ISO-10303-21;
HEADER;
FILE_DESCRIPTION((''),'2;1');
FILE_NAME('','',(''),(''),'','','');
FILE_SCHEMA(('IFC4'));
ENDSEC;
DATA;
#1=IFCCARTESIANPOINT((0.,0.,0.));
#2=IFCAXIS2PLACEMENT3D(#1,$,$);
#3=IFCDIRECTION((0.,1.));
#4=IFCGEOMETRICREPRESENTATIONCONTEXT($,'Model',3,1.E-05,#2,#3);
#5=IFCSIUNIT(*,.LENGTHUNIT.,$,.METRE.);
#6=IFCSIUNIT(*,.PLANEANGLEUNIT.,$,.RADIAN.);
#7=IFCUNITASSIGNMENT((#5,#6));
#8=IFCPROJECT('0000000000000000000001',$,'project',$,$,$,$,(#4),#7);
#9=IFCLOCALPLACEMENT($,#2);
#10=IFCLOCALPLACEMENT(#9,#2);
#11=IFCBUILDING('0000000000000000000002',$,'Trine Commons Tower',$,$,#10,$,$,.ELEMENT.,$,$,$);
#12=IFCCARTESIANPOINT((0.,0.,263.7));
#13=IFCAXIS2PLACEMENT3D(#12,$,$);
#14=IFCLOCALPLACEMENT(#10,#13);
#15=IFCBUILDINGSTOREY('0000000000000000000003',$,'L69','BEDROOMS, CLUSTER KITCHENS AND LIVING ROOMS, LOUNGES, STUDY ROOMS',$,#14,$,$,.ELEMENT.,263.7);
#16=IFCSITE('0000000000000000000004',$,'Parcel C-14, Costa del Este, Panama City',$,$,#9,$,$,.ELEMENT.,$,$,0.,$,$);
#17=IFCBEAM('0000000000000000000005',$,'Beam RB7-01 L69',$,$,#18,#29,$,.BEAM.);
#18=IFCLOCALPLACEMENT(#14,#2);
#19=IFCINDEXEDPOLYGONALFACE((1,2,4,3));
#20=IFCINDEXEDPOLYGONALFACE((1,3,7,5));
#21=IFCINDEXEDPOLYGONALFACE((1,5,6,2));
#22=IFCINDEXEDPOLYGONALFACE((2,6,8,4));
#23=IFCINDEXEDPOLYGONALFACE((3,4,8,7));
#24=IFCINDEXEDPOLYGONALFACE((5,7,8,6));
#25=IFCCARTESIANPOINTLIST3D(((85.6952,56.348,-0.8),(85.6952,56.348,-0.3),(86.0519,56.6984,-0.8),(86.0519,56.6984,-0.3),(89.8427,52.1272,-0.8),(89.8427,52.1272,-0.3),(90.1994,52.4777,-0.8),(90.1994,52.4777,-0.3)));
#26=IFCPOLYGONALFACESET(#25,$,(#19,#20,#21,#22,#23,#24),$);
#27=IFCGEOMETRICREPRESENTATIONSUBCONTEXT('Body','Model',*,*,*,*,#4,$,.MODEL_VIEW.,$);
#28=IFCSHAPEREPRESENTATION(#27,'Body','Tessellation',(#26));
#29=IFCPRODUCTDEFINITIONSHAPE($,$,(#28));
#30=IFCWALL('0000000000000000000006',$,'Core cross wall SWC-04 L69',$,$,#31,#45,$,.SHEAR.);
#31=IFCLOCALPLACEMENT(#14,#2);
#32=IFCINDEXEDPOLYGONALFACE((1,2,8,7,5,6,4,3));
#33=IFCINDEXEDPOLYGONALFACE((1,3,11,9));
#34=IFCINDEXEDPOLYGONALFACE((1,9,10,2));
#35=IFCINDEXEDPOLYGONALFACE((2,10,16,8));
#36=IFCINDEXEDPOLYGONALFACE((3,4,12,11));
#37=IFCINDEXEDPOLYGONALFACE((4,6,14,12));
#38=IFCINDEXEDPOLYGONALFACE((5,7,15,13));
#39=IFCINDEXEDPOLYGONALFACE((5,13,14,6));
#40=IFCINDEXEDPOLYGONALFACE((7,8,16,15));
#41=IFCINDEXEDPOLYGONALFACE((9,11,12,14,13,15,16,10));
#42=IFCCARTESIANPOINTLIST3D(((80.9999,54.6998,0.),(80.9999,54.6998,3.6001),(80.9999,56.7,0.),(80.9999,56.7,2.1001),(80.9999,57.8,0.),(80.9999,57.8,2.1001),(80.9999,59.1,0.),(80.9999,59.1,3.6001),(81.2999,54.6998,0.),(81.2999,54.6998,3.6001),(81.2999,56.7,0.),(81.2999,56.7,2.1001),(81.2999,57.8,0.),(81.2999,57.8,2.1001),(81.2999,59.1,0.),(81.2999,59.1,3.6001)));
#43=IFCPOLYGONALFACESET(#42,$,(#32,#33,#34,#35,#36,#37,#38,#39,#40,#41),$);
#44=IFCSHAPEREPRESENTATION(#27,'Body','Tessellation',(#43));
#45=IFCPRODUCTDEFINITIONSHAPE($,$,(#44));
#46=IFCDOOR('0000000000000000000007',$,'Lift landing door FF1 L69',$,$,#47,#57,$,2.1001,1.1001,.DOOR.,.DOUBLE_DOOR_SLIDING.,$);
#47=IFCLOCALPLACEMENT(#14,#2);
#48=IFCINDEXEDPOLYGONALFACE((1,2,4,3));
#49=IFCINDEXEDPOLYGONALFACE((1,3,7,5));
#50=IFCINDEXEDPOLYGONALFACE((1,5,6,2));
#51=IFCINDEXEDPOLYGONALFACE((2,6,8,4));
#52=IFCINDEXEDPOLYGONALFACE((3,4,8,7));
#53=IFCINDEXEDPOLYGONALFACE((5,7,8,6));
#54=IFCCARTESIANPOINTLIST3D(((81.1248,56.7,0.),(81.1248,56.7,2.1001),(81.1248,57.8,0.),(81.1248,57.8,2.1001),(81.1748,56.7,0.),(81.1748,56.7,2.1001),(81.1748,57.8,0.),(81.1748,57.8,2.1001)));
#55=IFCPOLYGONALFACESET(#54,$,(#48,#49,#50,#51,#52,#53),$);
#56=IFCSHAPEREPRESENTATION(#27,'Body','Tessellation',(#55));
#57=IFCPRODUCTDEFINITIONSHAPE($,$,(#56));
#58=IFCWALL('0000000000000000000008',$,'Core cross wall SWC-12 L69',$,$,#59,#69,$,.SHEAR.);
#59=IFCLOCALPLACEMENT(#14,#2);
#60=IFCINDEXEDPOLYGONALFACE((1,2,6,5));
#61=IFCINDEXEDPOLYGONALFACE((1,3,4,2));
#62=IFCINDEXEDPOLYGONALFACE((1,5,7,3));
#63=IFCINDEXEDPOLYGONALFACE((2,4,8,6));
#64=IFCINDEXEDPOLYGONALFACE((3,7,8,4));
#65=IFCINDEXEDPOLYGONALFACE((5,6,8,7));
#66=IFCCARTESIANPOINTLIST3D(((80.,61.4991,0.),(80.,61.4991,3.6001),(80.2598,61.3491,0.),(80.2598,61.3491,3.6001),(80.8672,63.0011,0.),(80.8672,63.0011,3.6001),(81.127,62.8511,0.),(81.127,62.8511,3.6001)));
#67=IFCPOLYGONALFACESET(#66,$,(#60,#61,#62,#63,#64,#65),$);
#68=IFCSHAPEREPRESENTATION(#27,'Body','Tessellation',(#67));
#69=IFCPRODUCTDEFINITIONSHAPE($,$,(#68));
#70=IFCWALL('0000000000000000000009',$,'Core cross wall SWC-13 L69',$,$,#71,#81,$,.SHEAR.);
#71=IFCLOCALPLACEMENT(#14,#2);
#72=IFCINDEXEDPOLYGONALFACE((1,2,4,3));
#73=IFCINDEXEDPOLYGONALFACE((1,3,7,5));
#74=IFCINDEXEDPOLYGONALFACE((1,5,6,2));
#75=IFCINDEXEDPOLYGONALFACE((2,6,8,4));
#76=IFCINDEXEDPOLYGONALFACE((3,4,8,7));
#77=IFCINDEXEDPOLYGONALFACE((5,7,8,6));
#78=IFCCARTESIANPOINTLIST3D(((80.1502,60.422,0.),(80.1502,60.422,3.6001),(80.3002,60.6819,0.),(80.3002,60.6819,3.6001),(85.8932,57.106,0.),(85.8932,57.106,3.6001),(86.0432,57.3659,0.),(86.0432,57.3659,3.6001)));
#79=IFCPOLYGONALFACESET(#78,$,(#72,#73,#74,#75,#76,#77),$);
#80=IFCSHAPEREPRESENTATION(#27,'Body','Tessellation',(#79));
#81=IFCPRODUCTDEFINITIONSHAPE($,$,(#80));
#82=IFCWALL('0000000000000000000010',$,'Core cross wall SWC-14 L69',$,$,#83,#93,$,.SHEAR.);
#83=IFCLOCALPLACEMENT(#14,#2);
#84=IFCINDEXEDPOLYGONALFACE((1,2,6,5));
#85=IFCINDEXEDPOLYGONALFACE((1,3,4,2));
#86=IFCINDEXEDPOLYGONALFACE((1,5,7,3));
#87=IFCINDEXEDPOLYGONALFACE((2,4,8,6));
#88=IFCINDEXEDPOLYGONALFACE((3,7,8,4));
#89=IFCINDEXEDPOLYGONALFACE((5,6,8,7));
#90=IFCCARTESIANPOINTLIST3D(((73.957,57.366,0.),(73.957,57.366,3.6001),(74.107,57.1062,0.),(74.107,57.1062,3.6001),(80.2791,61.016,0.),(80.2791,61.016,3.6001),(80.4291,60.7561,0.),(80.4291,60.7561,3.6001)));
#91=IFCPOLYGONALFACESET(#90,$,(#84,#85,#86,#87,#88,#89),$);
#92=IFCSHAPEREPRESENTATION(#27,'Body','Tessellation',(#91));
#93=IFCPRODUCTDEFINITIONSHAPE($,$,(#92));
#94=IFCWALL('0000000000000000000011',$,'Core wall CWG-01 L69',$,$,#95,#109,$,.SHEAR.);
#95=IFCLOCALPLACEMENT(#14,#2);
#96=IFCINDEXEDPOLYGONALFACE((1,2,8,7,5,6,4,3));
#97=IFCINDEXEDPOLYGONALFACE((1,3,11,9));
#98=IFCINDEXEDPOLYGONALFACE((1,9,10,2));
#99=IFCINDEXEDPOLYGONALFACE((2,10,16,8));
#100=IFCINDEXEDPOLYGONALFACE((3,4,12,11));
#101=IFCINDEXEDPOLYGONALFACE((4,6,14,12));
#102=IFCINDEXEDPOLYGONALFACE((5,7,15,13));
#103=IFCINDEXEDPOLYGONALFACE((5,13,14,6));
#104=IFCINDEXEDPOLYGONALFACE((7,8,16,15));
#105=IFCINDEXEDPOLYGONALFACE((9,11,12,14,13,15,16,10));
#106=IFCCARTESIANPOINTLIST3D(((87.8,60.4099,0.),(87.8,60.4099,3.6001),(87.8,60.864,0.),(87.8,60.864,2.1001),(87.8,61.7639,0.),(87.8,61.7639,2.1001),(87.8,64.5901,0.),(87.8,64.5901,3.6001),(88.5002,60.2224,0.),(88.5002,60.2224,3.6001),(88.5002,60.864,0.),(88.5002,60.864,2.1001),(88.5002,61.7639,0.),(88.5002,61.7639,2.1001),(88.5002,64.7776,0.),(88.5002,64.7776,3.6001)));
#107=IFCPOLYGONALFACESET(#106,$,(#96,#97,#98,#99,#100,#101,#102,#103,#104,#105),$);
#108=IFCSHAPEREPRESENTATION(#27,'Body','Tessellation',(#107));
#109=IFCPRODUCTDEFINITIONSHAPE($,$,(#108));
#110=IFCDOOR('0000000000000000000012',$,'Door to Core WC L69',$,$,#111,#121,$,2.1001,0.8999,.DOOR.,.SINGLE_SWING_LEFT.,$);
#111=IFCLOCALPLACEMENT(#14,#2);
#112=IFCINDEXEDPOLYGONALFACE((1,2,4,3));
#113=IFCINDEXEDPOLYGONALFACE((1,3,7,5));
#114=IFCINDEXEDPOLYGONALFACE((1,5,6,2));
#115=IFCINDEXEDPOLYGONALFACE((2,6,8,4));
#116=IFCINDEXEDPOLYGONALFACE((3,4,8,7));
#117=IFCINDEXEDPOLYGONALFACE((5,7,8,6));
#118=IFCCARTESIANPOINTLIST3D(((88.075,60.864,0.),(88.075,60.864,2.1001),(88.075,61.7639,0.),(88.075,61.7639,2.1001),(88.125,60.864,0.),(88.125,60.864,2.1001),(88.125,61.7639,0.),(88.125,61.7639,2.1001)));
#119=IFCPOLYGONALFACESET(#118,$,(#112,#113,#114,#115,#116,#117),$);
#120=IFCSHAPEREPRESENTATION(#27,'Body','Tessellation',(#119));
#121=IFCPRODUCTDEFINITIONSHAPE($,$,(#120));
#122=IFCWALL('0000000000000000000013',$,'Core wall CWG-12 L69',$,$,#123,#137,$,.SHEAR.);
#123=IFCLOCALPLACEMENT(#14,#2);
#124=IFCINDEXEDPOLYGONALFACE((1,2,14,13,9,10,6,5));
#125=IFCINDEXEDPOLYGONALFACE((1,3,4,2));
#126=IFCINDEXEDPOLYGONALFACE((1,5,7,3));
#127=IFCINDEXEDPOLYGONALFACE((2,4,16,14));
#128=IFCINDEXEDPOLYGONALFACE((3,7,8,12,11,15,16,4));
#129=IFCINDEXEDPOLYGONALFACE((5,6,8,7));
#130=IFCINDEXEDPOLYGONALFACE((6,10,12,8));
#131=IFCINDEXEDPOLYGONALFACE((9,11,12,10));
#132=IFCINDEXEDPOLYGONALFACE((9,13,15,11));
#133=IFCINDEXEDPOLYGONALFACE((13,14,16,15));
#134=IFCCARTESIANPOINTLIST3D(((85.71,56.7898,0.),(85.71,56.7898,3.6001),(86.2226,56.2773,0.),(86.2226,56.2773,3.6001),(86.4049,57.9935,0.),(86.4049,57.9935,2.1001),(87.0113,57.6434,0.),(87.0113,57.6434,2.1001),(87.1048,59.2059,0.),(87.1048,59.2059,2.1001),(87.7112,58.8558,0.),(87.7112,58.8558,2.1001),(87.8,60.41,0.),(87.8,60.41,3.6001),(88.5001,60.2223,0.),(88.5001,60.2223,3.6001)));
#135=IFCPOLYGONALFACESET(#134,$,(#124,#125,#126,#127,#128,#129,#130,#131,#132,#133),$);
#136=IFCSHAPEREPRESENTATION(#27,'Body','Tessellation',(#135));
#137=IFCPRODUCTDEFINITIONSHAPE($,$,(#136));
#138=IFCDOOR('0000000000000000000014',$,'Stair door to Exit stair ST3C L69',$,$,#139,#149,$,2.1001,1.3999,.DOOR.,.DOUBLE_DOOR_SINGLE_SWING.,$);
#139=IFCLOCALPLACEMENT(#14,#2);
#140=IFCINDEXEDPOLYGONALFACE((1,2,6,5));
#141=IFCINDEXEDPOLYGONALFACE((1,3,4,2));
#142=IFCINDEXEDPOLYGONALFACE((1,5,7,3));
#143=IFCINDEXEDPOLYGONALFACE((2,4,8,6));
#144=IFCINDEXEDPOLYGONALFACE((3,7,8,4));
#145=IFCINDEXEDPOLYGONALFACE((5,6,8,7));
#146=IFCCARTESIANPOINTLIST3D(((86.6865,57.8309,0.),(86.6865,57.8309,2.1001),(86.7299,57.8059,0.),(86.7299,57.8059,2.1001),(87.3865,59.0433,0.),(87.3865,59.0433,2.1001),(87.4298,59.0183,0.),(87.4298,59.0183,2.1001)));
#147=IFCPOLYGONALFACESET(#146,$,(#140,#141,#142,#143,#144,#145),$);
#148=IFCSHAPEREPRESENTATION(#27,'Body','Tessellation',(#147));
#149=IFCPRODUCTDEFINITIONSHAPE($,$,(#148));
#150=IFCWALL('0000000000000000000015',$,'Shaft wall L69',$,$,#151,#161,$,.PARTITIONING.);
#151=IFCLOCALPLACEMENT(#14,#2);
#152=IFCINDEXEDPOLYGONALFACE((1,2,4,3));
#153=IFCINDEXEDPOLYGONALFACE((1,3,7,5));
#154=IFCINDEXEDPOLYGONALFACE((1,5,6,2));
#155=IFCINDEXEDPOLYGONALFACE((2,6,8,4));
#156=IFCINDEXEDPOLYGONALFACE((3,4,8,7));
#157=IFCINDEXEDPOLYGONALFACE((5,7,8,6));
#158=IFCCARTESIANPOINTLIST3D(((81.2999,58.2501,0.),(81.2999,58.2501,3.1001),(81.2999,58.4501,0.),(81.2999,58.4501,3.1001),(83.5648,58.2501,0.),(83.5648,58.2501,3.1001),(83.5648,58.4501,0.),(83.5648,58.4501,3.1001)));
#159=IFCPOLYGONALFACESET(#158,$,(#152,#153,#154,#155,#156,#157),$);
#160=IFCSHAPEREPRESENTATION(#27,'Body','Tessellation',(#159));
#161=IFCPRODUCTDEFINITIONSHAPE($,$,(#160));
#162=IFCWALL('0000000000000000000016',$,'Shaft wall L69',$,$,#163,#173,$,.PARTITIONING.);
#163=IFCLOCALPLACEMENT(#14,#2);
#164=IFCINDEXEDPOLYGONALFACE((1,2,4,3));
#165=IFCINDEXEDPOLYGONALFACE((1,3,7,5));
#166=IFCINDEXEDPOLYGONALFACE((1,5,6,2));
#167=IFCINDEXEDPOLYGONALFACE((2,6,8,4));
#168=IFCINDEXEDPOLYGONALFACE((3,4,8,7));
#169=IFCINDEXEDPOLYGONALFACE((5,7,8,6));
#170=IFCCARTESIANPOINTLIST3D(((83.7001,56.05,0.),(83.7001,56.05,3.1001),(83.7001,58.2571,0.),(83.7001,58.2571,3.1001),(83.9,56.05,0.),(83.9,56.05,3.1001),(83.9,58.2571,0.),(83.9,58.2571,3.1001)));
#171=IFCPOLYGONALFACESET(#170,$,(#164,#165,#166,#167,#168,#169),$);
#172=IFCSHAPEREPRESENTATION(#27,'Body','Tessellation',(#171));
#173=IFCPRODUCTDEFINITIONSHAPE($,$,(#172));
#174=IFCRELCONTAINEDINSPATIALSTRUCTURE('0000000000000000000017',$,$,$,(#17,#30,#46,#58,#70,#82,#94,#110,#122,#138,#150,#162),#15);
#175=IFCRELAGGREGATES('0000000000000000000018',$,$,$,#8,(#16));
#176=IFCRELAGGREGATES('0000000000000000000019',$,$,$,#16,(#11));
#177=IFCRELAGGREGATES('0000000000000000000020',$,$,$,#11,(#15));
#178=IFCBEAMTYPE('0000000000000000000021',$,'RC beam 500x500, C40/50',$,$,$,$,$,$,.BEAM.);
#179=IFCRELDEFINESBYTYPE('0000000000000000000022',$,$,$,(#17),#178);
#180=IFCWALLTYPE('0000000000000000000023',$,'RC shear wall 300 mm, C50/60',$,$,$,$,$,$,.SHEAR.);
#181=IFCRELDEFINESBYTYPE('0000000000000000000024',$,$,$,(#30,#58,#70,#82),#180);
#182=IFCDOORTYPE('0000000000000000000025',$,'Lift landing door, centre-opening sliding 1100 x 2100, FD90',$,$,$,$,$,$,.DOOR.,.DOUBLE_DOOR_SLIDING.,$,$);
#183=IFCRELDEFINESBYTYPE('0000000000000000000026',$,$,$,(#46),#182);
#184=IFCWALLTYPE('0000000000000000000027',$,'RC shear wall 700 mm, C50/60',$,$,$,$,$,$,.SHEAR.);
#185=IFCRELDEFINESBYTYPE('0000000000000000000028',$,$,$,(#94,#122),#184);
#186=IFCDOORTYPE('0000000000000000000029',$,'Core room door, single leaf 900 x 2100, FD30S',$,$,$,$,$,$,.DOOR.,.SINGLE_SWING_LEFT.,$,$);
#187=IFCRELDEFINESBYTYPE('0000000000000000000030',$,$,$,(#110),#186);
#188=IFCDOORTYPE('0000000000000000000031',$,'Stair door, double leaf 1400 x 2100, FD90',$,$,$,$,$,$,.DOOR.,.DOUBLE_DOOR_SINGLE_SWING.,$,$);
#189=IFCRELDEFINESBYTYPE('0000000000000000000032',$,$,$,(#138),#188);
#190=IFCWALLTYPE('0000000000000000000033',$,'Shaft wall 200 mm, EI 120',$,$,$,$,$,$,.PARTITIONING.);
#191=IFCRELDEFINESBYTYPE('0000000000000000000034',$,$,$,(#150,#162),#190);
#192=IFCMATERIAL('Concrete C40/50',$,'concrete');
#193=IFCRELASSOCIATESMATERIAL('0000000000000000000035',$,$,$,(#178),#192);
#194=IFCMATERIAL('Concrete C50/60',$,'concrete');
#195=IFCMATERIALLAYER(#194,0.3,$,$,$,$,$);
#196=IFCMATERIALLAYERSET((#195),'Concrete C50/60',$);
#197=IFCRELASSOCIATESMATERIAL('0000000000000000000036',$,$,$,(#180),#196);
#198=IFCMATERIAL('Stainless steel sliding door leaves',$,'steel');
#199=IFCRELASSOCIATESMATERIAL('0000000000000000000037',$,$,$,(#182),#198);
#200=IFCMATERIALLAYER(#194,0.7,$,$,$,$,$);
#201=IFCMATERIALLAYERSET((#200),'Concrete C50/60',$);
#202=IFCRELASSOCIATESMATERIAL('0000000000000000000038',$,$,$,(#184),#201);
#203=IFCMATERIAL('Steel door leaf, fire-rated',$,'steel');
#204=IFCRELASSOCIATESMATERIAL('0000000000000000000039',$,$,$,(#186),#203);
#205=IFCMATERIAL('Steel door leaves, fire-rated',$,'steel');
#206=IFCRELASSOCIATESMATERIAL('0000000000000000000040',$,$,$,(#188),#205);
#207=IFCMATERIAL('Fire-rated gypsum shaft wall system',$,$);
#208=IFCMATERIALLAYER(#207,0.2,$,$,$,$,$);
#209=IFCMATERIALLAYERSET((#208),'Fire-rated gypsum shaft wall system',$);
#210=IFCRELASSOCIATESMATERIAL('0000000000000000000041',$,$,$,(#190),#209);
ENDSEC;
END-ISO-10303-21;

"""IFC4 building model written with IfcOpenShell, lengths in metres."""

from ifc_helpers import new_model, si_unit, direction, frame, frame_2d, origin, origin_2d, place, context, subcontext, project, spatial, polyline, rectangle, outline, extrude, material, layer, layer_set, material_profile, profile_set, type_object, element, fill, save


model = new_model("IFC4")

# Units and contexts
model_context = context("Model", 3, precision=1e-05, world=origin(), true_north=direction((0.0, 1.0)))
body_context = subcontext(model_context, "Body", "Model", "MODEL_VIEW")
ifc_project = project(units=[si_unit("LENGTHUNIT", "METRE"), si_unit("PLANEANGLEUNIT", "RADIAN")], contexts=[model_context])

# Site, building, storey
site_placement = place(None, origin())
site = spatial("IfcSite", under=ifc_project, at=site_placement, Name="Parcel C-14, Costa del Este, Panama City", CompositionType="ELEMENT", RefElevation=0.0)
building_placement = place(site_placement, origin())
building = spatial("IfcBuilding", under=site, at=building_placement, Name="Trine Commons Tower", CompositionType="ELEMENT")
storey_placement = place(building_placement, frame((0.0, 0.0, 263.7)))
storey = spatial("IfcBuildingStorey", under=building, at=storey_placement, Name="L69", Description="BEDROOMS, CLUSTER KITCHENS AND LIVING ROOMS, LOUNGES, STUDY ROOMS", CompositionType="ELEMENT", Elevation=263.7)

# Beam
ifc_material_1 = material(Name="Concrete C40/50", Category="concrete")
ifc_material_profile = material_profile(ifc_material_1, rectangle(XDim=0.5, YDim=0.5, at=origin_2d()), Name="RC 500x500")
ifc_profile_set = profile_set([ifc_material_profile], Name="Concrete C40/50")
beam_type = type_object("IfcBeamType", Name="RC beam 500x500, C40/50", PredefinedType="BEAM", material=ifc_profile_set)
beam_placement = place(storey_placement, frame((85.8735, 56.5232, -0.55), z_axis=(0.700891, -0.713268, 0.0), x_axis=(0.713268, 0.700891, 0.0)))
element("IfcBeam", 1, at=beam_placement, inside=storey, type_object=beam_type, Name="Beam RB7-01 L69", PredefinedType="BEAM", context=body_context, shape_type="SweptSolid", body=[
    extrude(rectangle(XDim=0.5, YDim=0.5, at=origin_2d()), origin(), (0.0, 0.0, 1.0), 5.9175),
])

# Wall, opening, door
ifc_material_2 = material(Name="Concrete C50/60", Category="concrete")
ifc_layer_1 = layer(ifc_material_2, 0.3)
ifc_layer_set_1 = layer_set([ifc_layer_1], Name="Concrete C50/60")
wall_type_1 = type_object("IfcWallType", Name="RC shear wall 300 mm, C50/60", PredefinedType="SHEAR", material=ifc_layer_set_1)
wall_1_placement = place(storey_placement, frame((81.1499, 59.1001, 0.0), z_axis=(0.0, 0.0, 1.0), x_axis=(0.0, -1.0, 0.0)))
wall_1 = element("IfcWall", 2, at=wall_1_placement, inside=storey, type_object=wall_type_1, Name="Core cross wall SWC-04 L69", PredefinedType="SHEAR", context=body_context, shape_type="SweptSolid", body=[
    extrude(rectangle(XDim=4.4001, YDim=0.3, at=frame_2d((2.2002, 0.0))), origin(), (0.0, 0.0, 1.0), 3.6001),
])
opening_1_placement = place(wall_1_placement, frame((1.3, 0.0, 0.0)))
opening_1 = element("IfcOpeningElement", 3, at=opening_1_placement, cuts=wall_1, PredefinedType="OPENING", context=body_context, shape_type="SweptSolid", body=[
    extrude(rectangle(XDim=1.1001, YDim=2.1001, at=frame_2d((0.55, 1.05))), frame((0.0, 0.1599, 0.0), z_axis=(0.0, -1.0, 0.0), x_axis=(1.0, 0.0, 0.0)), (0.0, 0.0, 1.0), 0.3201),
])
ifc_material_3 = material(Name="Stainless steel sliding door leaves", Category="steel")
door_type_1 = type_object("IfcDoorType", Name="Lift landing door, centre-opening sliding 1100 x 2100, FD90", OperationType="DOUBLE_DOOR_SLIDING", PredefinedType="DOOR", material=ifc_material_3)
door_1_placement = place(opening_1_placement, origin())
door_1 = element("IfcDoor", 4, at=door_1_placement, inside=storey, type_object=door_type_1, Name="Lift landing door FF1 L69", OperationType="DOUBLE_DOOR_SLIDING", OverallHeight=2.1001, OverallWidth=1.1001, PredefinedType="DOOR", context=body_context, shape_type="SweptSolid", body=[
    extrude(rectangle(XDim=1.1001, YDim=2.1001, at=frame_2d((0.55, 1.05))), frame((0.0, 0.0249, 0.0), z_axis=(0.0, -1.0, 0.0), x_axis=(1.0, 0.0, 0.0)), (0.0, 0.0, 1.0), 0.05),
])
fill(opening_1, door_1)

# Walls
wall_2_placement = place(storey_placement, frame((80.1299, 61.4241, 0.0), z_axis=(0.0, 0.0, 1.0), x_axis=(0.500015, 0.866017, 0.0)))
element("IfcWall", 5, at=wall_2_placement, inside=storey, type_object=wall_type_1, Name="Core cross wall SWC-12 L69", PredefinedType="SHEAR", context=body_context, shape_type="SweptSolid", body=[
    extrude(rectangle(XDim=1.7344, YDim=0.3, at=frame_2d((0.8672, 0.0))), origin(), (0.0, 0.0, 1.0), 3.6001),
])
wall_3_placement = place(storey_placement, frame((80.2251, 60.552, 0.0), z_axis=(0.0, 0.0, 1.0), x_axis=(0.86601, -0.500027, 0.0)))
element("IfcWall", 6, at=wall_3_placement, inside=storey, type_object=wall_type_1, Name="Core cross wall SWC-13 L69", PredefinedType="SHEAR", context=body_context, shape_type="SweptSolid", body=[
    extrude(rectangle(XDim=6.6316, YDim=0.3, at=frame_2d((3.3159, 0.0))), origin(), (0.0, 0.0, 1.0), 3.6001),
])
wall_4_placement = place(storey_placement, frame((80.354, 60.886, 0.0), z_axis=(0.0, 0.0, 1.0), x_axis=(-0.866032, -0.499988, 0.0)))
element("IfcWall", 7, at=wall_4_placement, inside=storey, type_object=wall_type_1, Name="Core cross wall SWC-14 L69", PredefinedType="SHEAR", context=body_context, shape_type="SweptSolid", body=[
    extrude(rectangle(XDim=7.3, YDim=0.3, at=frame_2d((3.6499, 0.0))), origin(), (0.0, 0.0, 1.0), 3.6001),
])

# Walls, openings, doors
ifc_layer_2 = layer(ifc_material_2, 0.7)
ifc_layer_set_2 = layer_set([ifc_layer_2], Name="Concrete C50/60")
wall_type_2 = type_object("IfcWallType", Name="RC shear wall 700 mm, C50/60", PredefinedType="SHEAR", material=ifc_layer_set_2)
wall_5_placement = place(storey_placement, frame((88.1501, 60.2224, 0.0), z_axis=(0.0, 0.0, 1.0), x_axis=(0.0, 1.0, 0.0)))
wall_5 = element("IfcWall", 8, at=wall_5_placement, inside=storey, type_object=wall_type_2, Name="Core wall CWG-01 L69", PredefinedType="SHEAR", context=body_context, shape_type="SweptSolid", body=[
    extrude(outline(polyline([(0.0, -0.3501), (4.5552, -0.3501), (4.3677, 0.3501), (0.1875, 0.3501), (0.0, -0.3501)])), origin(), (0.0, 0.0, 1.0), 3.6001),
])
opening_2_placement = place(wall_5_placement, frame((0.6416, 0.0, 0.0)))
opening_2 = element("IfcOpeningElement", 9, at=opening_2_placement, cuts=wall_5, PredefinedType="OPENING", context=body_context, shape_type="SweptSolid", body=[
    extrude(rectangle(XDim=0.8999, YDim=2.1001, at=frame_2d((0.45, 1.05))), frame((0.0, 0.3599, 0.0), z_axis=(0.0, -1.0, 0.0), x_axis=(1.0, 0.0, 0.0)), (0.0, 0.0, 1.0), 0.72),
])
ifc_material_4 = material(Name="Steel door leaf, fire-rated", Category="steel")
door_type_2 = type_object("IfcDoorType", Name="Core room door, single leaf 900 x 2100, FD30S", OperationType="SINGLE_SWING_LEFT", PredefinedType="DOOR", material=ifc_material_4)
door_2_placement = place(opening_2_placement, origin())
door_2 = element("IfcDoor", 10, at=door_2_placement, inside=storey, type_object=door_type_2, Name="Door to Core WC L69", OperationType="SINGLE_SWING_LEFT", OverallHeight=2.1001, OverallWidth=0.8999, PredefinedType="DOOR", context=body_context, shape_type="SweptSolid", body=[
    extrude(rectangle(XDim=0.8999, YDim=2.1001, at=frame_2d((0.45, 1.05))), frame((0.0, 0.0752, 0.0), z_axis=(0.0, -1.0, 0.0), x_axis=(1.0, 0.0, 0.0)), (0.0, 0.0, 1.0), 0.05),
])
fill(opening_2, door_2)
wall_6_placement = place(storey_placement, frame((85.9194, 56.4524, 0.0), z_axis=(0.0, 0.0, 1.0), x_axis=(0.499984, 0.866035, 0.0)))
wall_6 = element("IfcWall", 11, at=wall_6_placement, inside=storey, type_object=wall_type_2, Name="Core wall CWG-12 L69", PredefinedType="SHEAR", context=body_context, shape_type="SweptSolid", body=[
    extrude(outline(polyline([(0.0, -0.3501), (4.5552, -0.3501), (4.3677, 0.3501), (0.1875, 0.3501), (0.0, -0.3501)])), origin(), (0.0, 0.0, 1.0), 3.6001),
])
opening_3_placement = place(wall_6_placement, frame((1.5774, 0.0, 0.0)))
opening_3 = element("IfcOpeningElement", 12, at=opening_3_placement, cuts=wall_6, PredefinedType="OPENING", context=body_context, shape_type="SweptSolid", body=[
    extrude(rectangle(XDim=1.3999, YDim=2.1001, at=frame_2d((0.7, 1.05))), frame((0.0, 0.3599, 0.0), z_axis=(0.0, -1.0, 0.0), x_axis=(1.0, 0.0, 0.0)), (0.0, 0.0, 1.0), 0.72),
])
ifc_material_5 = material(Name="Steel door leaves, fire-rated", Category="steel")
door_type_3 = type_object("IfcDoorType", Name="Stair door, double leaf 1400 x 2100, FD90", OperationType="DOUBLE_DOOR_SINGLE_SWING", PredefinedType="DOOR", material=ifc_material_5)
door_3_placement = place(opening_3_placement, origin())
door_3 = element("IfcDoor", 13, at=door_3_placement, inside=storey, type_object=door_type_3, Name="Stair door to Exit stair ST3C L69", OperationType="DOUBLE_DOOR_SINGLE_SWING", OverallHeight=2.1001, OverallWidth=1.3999, PredefinedType="DOOR", context=body_context, shape_type="SweptSolid", body=[
    extrude(rectangle(XDim=1.3999, YDim=2.1001, at=frame_2d((0.7, 1.05))), frame((0.0, 0.0249, 0.0), z_axis=(0.0, -1.0, 0.0), x_axis=(1.0, 0.0, 0.0)), (0.0, 0.0, 1.0), 0.05),
])
fill(opening_3, door_3)

# Walls
ifc_material_6 = material(Name="Fire-rated gypsum shaft wall system")
ifc_layer_3 = layer(ifc_material_6, 0.2)
ifc_layer_set_3 = layer_set([ifc_layer_3], Name="Fire-rated gypsum shaft wall system")
wall_type_3 = type_object("IfcWallType", Name="Shaft wall 200 mm, EI 120", PredefinedType="PARTITIONING", material=ifc_layer_set_3)
wall_7_placement = place(storey_placement, frame((81.3, 58.3501, 0.0), z_axis=(0.0, 0.0, 1.0), x_axis=(1.0, 0.0, 0.0)))
element("IfcWall", 14, at=wall_7_placement, inside=storey, type_object=wall_type_3, Name="Shaft wall L69", PredefinedType="PARTITIONING", context=body_context, shape_type="SweptSolid", body=[
    extrude(rectangle(XDim=2.2649, YDim=0.2, at=frame_2d((1.1323, 0.0))), origin(), (0.0, 0.0, 1.0), 3.1001),
])
wall_8_placement = place(storey_placement, frame((83.8, 58.2571, 0.0), z_axis=(0.0, 0.0, 1.0), x_axis=(0.0, -1.0, 0.0)))
element("IfcWall", 15, at=wall_8_placement, inside=storey, type_object=wall_type_3, Name="Shaft wall L69", PredefinedType="PARTITIONING", context=body_context, shape_type="SweptSolid", body=[
    extrude(rectangle(XDim=2.207, YDim=0.2, at=frame_2d((1.1035, 0.0))), origin(), (0.0, 0.0, 1.0), 3.1001),
])

save(model, "model.ifc")
